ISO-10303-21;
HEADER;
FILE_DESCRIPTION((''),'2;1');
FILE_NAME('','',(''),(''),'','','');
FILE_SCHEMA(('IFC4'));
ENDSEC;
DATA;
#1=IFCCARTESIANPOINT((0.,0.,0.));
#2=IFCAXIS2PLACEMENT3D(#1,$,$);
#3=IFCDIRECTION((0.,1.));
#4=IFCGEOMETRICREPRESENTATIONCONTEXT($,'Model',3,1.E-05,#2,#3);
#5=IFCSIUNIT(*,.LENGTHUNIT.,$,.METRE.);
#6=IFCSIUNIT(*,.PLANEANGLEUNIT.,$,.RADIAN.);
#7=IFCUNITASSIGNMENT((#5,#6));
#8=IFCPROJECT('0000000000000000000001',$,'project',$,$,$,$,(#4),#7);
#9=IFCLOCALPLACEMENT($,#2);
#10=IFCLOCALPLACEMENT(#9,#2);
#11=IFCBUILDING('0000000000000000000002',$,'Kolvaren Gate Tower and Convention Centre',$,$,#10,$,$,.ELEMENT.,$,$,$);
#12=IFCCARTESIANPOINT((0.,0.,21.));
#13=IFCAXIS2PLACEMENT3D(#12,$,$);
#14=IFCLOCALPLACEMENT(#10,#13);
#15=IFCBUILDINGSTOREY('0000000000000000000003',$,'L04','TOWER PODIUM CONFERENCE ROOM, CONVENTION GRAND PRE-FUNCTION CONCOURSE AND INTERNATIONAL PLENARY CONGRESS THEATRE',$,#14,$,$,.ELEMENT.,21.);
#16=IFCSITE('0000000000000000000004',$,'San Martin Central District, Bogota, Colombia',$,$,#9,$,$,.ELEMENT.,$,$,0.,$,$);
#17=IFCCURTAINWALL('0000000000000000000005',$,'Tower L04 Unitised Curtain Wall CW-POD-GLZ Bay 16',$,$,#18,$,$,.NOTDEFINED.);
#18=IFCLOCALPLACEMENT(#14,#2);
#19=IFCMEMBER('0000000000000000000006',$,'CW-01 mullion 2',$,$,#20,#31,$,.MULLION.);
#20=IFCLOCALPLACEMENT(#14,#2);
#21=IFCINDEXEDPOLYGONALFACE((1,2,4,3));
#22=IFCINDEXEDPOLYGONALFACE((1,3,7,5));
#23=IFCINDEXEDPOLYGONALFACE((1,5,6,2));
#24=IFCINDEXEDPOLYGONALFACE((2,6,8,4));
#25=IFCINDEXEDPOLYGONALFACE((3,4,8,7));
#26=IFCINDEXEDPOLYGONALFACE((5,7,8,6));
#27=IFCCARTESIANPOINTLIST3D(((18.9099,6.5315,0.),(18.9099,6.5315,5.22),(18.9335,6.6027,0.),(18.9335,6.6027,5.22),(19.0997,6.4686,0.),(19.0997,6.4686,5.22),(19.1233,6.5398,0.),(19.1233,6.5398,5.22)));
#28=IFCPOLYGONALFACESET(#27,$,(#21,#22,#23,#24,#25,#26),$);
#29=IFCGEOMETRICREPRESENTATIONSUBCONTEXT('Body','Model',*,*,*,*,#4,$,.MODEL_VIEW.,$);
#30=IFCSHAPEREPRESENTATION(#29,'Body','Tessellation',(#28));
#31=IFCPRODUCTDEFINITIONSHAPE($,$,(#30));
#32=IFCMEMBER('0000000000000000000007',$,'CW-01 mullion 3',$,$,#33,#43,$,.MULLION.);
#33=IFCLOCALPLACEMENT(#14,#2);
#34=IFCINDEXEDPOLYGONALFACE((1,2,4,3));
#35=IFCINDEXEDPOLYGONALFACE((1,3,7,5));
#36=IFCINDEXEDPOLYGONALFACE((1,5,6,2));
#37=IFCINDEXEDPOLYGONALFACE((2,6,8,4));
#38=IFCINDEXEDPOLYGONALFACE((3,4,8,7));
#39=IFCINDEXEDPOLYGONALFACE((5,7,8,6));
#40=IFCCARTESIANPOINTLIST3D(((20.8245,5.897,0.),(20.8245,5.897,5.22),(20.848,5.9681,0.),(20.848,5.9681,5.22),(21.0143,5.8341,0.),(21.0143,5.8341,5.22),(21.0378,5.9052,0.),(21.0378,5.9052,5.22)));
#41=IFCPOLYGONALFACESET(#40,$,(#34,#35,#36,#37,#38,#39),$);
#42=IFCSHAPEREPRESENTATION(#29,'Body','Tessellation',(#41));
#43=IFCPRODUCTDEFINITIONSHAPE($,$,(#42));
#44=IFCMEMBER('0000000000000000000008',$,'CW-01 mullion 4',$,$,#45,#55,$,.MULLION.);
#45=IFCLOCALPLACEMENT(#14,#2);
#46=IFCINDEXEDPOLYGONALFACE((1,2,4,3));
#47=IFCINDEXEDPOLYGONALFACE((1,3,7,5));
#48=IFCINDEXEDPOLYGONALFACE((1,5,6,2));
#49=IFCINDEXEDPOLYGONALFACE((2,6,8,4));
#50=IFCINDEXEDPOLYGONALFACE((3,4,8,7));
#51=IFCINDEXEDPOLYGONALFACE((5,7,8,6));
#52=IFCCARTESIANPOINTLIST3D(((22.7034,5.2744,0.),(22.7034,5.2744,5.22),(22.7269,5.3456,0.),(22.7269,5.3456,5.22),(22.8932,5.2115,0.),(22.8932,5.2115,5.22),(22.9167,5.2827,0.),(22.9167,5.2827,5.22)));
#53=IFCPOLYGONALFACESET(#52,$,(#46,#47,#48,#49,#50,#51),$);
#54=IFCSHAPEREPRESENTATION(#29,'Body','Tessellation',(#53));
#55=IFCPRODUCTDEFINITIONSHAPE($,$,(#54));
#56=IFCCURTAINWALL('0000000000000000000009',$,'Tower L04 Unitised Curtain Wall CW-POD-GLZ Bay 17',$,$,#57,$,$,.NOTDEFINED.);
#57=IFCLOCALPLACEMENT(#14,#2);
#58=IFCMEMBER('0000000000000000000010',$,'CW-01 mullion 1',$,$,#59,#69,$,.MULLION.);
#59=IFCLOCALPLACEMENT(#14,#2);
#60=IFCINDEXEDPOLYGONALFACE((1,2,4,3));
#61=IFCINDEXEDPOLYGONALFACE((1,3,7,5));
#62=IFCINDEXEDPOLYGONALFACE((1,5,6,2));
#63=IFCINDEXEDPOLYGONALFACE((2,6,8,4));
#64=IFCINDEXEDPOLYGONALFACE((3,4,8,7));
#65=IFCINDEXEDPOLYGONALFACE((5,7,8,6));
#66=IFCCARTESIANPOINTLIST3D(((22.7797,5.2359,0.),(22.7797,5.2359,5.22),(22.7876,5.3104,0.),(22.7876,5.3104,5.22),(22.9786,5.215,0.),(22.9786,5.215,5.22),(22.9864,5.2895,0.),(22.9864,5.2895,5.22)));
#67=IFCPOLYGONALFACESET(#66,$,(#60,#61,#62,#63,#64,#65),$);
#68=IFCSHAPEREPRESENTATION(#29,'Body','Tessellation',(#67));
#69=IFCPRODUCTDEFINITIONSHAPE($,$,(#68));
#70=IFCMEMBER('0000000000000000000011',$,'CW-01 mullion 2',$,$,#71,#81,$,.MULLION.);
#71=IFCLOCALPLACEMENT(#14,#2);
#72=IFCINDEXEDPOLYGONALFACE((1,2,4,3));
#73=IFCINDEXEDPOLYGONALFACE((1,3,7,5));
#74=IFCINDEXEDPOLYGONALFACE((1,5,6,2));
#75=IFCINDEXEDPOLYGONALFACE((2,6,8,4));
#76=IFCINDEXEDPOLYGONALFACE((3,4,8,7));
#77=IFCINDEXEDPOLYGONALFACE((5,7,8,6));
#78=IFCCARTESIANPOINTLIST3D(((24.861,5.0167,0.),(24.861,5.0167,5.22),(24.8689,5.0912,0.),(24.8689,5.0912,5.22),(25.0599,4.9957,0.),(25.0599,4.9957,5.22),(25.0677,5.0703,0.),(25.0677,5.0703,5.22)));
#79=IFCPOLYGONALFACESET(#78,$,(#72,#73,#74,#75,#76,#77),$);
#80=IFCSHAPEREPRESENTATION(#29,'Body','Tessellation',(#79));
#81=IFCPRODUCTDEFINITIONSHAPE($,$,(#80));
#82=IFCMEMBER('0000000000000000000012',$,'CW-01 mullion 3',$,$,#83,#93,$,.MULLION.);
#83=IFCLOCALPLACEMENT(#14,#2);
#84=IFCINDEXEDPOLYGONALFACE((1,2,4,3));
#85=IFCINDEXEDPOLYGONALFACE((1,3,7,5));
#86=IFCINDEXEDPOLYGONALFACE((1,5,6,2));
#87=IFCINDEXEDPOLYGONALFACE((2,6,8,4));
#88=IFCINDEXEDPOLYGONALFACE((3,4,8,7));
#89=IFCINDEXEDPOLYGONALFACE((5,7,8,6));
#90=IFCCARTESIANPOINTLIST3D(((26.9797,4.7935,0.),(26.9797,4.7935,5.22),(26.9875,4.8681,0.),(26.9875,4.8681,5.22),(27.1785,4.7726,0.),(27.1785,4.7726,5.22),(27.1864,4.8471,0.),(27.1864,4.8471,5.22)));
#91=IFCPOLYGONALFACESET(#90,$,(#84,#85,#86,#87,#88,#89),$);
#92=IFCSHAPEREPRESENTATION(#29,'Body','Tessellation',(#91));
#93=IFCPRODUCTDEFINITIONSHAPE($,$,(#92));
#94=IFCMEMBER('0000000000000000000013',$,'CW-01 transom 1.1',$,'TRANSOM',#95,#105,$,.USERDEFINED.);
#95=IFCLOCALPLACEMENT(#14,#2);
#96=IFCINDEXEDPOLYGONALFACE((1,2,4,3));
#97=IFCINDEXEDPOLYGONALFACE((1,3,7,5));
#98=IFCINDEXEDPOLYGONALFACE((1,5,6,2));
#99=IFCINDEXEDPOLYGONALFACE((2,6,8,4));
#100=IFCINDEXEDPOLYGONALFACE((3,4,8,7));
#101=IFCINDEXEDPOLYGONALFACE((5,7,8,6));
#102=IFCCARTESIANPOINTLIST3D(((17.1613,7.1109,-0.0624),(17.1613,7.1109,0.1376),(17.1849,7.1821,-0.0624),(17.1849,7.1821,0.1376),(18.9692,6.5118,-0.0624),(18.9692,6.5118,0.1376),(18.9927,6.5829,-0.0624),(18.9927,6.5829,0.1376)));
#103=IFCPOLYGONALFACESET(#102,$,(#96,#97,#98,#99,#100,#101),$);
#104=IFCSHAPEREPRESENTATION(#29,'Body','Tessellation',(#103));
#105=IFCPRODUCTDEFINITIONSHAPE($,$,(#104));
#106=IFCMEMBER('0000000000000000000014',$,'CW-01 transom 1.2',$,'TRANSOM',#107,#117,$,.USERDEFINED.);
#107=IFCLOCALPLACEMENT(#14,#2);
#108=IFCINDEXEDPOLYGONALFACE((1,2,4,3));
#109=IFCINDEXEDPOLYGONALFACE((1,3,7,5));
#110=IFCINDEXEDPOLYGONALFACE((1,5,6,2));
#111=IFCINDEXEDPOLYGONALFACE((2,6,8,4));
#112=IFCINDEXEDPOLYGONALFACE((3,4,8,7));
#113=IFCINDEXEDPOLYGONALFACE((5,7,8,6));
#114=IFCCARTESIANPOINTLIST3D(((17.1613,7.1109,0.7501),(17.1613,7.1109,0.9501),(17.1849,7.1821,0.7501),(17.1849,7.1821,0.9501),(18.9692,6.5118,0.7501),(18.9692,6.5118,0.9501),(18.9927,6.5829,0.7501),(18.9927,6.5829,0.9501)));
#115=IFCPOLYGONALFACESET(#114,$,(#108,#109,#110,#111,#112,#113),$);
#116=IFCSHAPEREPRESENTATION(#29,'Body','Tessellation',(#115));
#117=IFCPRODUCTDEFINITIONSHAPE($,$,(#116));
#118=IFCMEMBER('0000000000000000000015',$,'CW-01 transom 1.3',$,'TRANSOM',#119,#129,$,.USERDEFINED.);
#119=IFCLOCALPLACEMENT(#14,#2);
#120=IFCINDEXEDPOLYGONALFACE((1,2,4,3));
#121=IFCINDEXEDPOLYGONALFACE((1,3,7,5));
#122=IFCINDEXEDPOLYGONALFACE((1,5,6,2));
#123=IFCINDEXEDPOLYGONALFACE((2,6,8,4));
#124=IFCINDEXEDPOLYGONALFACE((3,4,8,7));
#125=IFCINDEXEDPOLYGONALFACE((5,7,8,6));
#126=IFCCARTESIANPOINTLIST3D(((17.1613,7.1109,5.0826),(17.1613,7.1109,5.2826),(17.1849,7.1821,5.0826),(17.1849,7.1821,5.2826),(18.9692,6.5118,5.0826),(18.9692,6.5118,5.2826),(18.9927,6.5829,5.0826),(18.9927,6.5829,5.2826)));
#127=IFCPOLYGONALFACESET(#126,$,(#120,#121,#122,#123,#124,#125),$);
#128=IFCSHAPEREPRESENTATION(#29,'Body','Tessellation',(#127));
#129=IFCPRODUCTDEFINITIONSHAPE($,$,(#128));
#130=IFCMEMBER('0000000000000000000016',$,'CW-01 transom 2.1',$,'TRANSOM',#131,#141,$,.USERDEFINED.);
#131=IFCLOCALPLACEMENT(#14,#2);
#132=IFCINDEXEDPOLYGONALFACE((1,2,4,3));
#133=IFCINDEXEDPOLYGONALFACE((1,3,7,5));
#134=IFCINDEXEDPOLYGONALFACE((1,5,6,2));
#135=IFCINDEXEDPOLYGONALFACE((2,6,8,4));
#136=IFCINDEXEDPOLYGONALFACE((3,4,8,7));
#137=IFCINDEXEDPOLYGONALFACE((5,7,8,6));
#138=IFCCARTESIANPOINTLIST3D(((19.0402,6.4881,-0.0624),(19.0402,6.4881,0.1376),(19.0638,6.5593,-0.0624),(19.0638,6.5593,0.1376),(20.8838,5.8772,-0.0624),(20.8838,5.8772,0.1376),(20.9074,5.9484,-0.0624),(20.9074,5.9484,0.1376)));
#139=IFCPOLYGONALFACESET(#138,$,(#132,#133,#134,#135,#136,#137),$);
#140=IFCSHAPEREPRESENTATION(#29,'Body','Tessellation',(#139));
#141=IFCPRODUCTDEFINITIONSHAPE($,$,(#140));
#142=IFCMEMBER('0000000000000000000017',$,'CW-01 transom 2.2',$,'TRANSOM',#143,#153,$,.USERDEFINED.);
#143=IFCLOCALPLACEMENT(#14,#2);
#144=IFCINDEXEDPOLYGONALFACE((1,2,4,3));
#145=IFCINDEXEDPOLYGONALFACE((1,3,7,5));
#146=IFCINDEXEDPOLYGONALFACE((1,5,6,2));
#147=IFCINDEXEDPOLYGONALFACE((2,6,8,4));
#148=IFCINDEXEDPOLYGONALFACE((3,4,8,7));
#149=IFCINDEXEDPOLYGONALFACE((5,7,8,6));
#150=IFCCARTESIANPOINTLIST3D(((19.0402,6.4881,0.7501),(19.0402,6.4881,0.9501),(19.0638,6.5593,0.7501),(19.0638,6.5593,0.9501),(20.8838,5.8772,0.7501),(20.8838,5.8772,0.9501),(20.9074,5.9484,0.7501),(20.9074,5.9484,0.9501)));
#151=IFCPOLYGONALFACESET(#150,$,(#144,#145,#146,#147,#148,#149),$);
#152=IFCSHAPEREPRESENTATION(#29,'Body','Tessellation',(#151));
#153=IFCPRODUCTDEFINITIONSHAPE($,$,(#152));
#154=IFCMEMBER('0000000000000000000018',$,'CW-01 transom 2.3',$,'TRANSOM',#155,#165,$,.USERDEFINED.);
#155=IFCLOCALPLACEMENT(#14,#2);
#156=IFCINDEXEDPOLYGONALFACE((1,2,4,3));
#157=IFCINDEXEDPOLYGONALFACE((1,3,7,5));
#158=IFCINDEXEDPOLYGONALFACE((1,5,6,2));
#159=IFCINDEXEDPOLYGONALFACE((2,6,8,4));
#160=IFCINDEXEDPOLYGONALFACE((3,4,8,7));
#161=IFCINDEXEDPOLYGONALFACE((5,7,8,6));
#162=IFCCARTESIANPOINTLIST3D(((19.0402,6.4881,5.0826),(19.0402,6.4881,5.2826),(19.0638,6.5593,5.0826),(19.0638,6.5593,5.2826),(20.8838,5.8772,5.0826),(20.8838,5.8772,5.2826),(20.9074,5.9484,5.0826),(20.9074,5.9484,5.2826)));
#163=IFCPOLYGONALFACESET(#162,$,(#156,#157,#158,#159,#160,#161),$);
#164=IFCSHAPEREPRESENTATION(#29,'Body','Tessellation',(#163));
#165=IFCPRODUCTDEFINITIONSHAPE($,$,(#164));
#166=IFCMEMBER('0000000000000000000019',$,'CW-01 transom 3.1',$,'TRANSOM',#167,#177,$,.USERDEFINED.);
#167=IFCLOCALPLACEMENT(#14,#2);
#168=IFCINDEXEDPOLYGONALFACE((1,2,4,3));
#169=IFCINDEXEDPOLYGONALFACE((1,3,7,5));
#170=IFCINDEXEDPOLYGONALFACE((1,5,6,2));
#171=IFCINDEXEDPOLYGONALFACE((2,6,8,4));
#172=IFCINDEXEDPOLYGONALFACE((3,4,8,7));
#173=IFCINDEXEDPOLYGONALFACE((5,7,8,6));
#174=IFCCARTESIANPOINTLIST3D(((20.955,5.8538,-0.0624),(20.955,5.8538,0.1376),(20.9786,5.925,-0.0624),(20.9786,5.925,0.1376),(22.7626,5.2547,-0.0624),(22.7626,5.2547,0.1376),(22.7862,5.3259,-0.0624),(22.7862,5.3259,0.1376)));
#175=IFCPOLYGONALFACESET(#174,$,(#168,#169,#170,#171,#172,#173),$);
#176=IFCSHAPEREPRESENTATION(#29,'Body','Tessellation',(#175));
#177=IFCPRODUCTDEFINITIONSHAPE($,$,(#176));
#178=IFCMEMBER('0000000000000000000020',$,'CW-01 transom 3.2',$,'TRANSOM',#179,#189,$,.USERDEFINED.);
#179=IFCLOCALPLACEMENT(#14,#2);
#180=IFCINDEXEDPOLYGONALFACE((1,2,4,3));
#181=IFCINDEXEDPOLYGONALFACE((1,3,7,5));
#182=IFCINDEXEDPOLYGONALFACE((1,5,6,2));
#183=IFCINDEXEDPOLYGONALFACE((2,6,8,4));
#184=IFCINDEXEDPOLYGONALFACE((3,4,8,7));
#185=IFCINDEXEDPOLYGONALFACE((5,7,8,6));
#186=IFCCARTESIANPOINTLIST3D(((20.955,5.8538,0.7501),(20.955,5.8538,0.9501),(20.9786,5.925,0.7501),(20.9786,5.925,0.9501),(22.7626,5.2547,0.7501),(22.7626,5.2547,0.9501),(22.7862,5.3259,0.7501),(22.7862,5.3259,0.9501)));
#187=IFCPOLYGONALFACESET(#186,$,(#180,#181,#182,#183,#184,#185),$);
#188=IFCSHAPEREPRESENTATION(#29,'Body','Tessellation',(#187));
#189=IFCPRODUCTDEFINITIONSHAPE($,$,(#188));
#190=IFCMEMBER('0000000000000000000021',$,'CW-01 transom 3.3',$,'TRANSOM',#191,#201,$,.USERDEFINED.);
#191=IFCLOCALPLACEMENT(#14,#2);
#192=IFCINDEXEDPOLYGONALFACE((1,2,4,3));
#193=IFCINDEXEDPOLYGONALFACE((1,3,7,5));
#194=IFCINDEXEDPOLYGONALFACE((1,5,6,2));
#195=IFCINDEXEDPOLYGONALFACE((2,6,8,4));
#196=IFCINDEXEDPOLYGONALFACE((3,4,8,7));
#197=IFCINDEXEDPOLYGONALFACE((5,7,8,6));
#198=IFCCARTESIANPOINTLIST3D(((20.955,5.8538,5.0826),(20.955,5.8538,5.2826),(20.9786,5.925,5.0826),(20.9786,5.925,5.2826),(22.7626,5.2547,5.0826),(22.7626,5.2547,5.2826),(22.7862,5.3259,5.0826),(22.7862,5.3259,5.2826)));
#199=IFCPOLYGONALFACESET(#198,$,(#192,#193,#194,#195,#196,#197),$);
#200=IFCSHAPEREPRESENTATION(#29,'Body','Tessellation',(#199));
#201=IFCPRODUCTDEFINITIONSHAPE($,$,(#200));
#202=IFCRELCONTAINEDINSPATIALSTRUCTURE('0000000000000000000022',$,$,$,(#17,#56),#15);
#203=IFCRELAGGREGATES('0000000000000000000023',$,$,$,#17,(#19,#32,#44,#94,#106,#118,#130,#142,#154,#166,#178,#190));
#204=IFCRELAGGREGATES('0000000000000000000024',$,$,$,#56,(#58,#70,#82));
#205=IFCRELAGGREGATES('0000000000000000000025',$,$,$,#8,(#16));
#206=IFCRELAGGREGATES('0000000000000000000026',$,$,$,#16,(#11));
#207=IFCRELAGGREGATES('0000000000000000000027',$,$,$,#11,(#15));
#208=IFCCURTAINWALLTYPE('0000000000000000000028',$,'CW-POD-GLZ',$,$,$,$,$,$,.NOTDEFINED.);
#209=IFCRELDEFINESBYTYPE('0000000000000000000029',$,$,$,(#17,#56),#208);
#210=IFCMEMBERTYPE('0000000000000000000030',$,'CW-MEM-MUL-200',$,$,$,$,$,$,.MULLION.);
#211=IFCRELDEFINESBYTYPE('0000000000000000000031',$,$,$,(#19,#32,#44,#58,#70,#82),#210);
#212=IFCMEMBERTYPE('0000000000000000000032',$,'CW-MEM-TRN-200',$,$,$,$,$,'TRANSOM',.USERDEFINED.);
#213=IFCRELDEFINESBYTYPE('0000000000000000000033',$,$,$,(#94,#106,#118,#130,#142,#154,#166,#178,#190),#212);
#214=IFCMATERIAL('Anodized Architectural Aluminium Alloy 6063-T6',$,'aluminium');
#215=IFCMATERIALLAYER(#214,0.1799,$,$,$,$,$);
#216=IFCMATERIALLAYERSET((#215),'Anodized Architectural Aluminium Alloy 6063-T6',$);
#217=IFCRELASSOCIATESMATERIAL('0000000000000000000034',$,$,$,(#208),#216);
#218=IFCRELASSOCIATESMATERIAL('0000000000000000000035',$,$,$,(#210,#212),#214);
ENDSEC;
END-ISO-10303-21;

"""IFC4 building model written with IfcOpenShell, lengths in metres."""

from ifc_helpers import new_model, si_unit, direction, frame, origin, origin_2d, place, context, subcontext, project, spatial, rectangle, extrude, material, layer, layer_set, material_profile, profile_set, type_object, element, aggregate, save


model = new_model("IFC4")

# Units and contexts
model_context = context("Model", 3, precision=1e-05, world=origin(), true_north=direction((0.0, 1.0)))
body_context = subcontext(model_context, "Body", "Model", "MODEL_VIEW")
ifc_project = project(units=[si_unit("LENGTHUNIT", "METRE"), si_unit("PLANEANGLEUNIT", "RADIAN")], contexts=[model_context])

# Site, building, storey
site_placement = place(None, origin())
site = spatial("IfcSite", under=ifc_project, at=site_placement, Name="San Martin Central District, Bogota, Colombia", CompositionType="ELEMENT", RefElevation=0.0)
building_placement = place(site_placement, origin())
building = spatial("IfcBuilding", under=site, at=building_placement, Name="Kolvaren Gate Tower and Convention Centre", CompositionType="ELEMENT")
storey_placement = place(building_placement, frame((0.0, 0.0, 21.0)))
storey = spatial("IfcBuildingStorey", under=building, at=storey_placement, Name="L04", Description="TOWER PODIUM CONFERENCE ROOM, CONVENTION GRAND PRE-FUNCTION CONCOURSE AND INTERNATIONAL PLENARY CONGRESS THEATRE", CompositionType="ELEMENT", Elevation=21.0)

# Curtain walls, members
ifc_material_1 = material(Name="Anodized Architectural Aluminium Alloy 6063-T6", Category="aluminium")
ifc_layer_1 = layer(ifc_material_1, 0.1799)
ifc_layer_set_1 = layer_set([ifc_layer_1], Name="Anodized Architectural Aluminium Alloy 6063-T6")
curtain_wall_type = type_object("IfcCurtainWallType", Name="CW-POD-GLZ", PredefinedType="NOTDEFINED", material=ifc_layer_set_1)
curtain_wall_1_placement = place(storey_placement, origin())
curtain_wall_1 = element("IfcCurtainWall", 1, at=curtain_wall_1_placement, inside=storey, type_object=curtain_wall_type, Name="Tower L04 Unitised Curtain Wall CW-POD-GLZ Bay 16", PredefinedType="NOTDEFINED")
ifc_material_profile_1 = material_profile(ifc_material_1, rectangle(XDim=0.075, YDim=0.2, at=origin_2d()), Name="CW-MEM-MUL-200")
ifc_profile_set_1 = profile_set([ifc_material_profile_1], Name="Anodized Architectural Aluminium Alloy 6063-T6")
member_type_1 = type_object("IfcMemberType", Name="CW-MEM-MUL-200", PredefinedType="MULLION", material=ifc_profile_set_1)
member_1_placement = place(storey_placement, frame((19.0166, 6.5356, 0.0), z_axis=(0.0, 0.0, 1.0), x_axis=(0.314547, 0.949242, 0.0)))
member_1 = element("IfcMember", 2, at=member_1_placement, type_object=member_type_1, Name="CW-01 mullion 2", PredefinedType="MULLION", context=body_context, shape_type="SweptSolid", body=[
    extrude(rectangle(XDim=0.075, YDim=0.2, at=origin_2d()), origin(), (0.0, 0.0, 1.0), 5.22),
])
member_2_placement = place(storey_placement, frame((20.9312, 5.9011, 0.0), z_axis=(0.0, 0.0, 1.0), x_axis=(0.314547, 0.949242, 0.0)))
member_2 = element("IfcMember", 3, at=member_2_placement, type_object=member_type_1, Name="CW-01 mullion 3", PredefinedType="MULLION", context=body_context, shape_type="SweptSolid", body=[
    extrude(rectangle(XDim=0.075, YDim=0.2, at=origin_2d()), origin(), (0.0, 0.0, 1.0), 5.22),
])
member_3_placement = place(storey_placement, frame((22.8101, 5.2786, 0.0), z_axis=(0.0, 0.0, 1.0), x_axis=(0.314547, 0.949242, 0.0)))
member_3 = element("IfcMember", 4, at=member_3_placement, type_object=member_type_1, Name="CW-01 mullion 4", PredefinedType="MULLION", context=body_context, shape_type="SweptSolid", body=[
    extrude(rectangle(XDim=0.075, YDim=0.2, at=origin_2d()), origin(), (0.0, 0.0, 1.0), 5.22),
])
curtain_wall_2_placement = place(storey_placement, origin())
curtain_wall_2 = element("IfcCurtainWall", 5, at=curtain_wall_2_placement, inside=storey, type_object=curtain_wall_type, Name="Tower L04 Unitised Curtain Wall CW-POD-GLZ Bay 17", PredefinedType="NOTDEFINED")
member_4_placement = place(storey_placement, frame((22.8831, 5.2627, 0.0), z_axis=(0.0, 0.0, 1.0), x_axis=(0.104742, 0.994499, 0.0)))
member_4 = element("IfcMember", 6, at=member_4_placement, type_object=member_type_1, Name="CW-01 mullion 1", PredefinedType="MULLION", context=body_context, shape_type="SweptSolid", body=[
    extrude(rectangle(XDim=0.075, YDim=0.2, at=origin_2d()), origin(), (0.0, 0.0, 1.0), 5.22),
])
member_5_placement = place(storey_placement, frame((24.9644, 5.0435, 0.0), z_axis=(0.0, 0.0, 1.0), x_axis=(0.104742, 0.994499, 0.0)))
member_5 = element("IfcMember", 7, at=member_5_placement, type_object=member_type_1, Name="CW-01 mullion 2", PredefinedType="MULLION", context=body_context, shape_type="SweptSolid", body=[
    extrude(rectangle(XDim=0.075, YDim=0.2, at=origin_2d()), origin(), (0.0, 0.0, 1.0), 5.22),
])
member_6_placement = place(storey_placement, frame((27.083, 4.8203, 0.0), z_axis=(0.0, 0.0, 1.0), x_axis=(0.104742, 0.994499, 0.0)))
member_6 = element("IfcMember", 8, at=member_6_placement, type_object=member_type_1, Name="CW-01 mullion 3", PredefinedType="MULLION", context=body_context, shape_type="SweptSolid", body=[
    extrude(rectangle(XDim=0.075, YDim=0.2, at=origin_2d()), origin(), (0.0, 0.0, 1.0), 5.22),
])

# Members
ifc_material_profile_2 = material_profile(ifc_material_1, rectangle(XDim=0.075, YDim=0.2, at=origin_2d()), Name="CW-MEM-TRN-200")
ifc_profile_set_2 = profile_set([ifc_material_profile_2], Name="Anodized Architectural Aluminium Alloy 6063-T6")
member_type_2 = type_object("IfcMemberType", Name="CW-MEM-TRN-200", ElementType="TRANSOM", PredefinedType="USERDEFINED", material=ifc_profile_set_2)
member_7_placement = place(storey_placement, frame((17.1731, 7.1465, 0.0376), z_axis=(0.949233, -0.314574, 0.0), x_axis=(0.314574, 0.949233, 0.0)))
member_7 = element("IfcMember", 9, at=member_7_placement, type_object=member_type_2, Name="CW-01 transom 1.1", ObjectType="TRANSOM", PredefinedType="USERDEFINED", context=body_context, shape_type="SweptSolid", body=[
    extrude(rectangle(XDim=0.075, YDim=0.2, at=origin_2d()), origin(), (0.0, 0.0, 1.0), 1.9045),
])
member_8_placement = place(storey_placement, frame((17.1731, 7.1465, 0.8501), z_axis=(0.949233, -0.314574, 0.0), x_axis=(0.314574, 0.949233, 0.0)))
member_8 = element("IfcMember", 10, at=member_8_placement, type_object=member_type_2, Name="CW-01 transom 1.2", ObjectType="TRANSOM", PredefinedType="USERDEFINED", context=body_context, shape_type="SweptSolid", body=[
    extrude(rectangle(XDim=0.075, YDim=0.2, at=origin_2d()), origin(), (0.0, 0.0, 1.0), 1.9045),
])
member_9_placement = place(storey_placement, frame((17.1731, 7.1465, 5.1826), z_axis=(0.949233, -0.314574, 0.0), x_axis=(0.314574, 0.949233, 0.0)))
member_9 = element("IfcMember", 11, at=member_9_placement, type_object=member_type_2, Name="CW-01 transom 1.3", ObjectType="TRANSOM", PredefinedType="USERDEFINED", context=body_context, shape_type="SweptSolid", body=[
    extrude(rectangle(XDim=0.075, YDim=0.2, at=origin_2d()), origin(), (0.0, 0.0, 1.0), 1.9045),
])
member_10_placement = place(storey_placement, frame((19.052, 6.5237, 0.0376), z_axis=(0.949247, -0.31453, 0.0), x_axis=(0.31453, 0.949247, 0.0)))
member_10 = element("IfcMember", 12, at=member_10_placement, type_object=member_type_2, Name="CW-01 transom 2.1", ObjectType="TRANSOM", PredefinedType="USERDEFINED", context=body_context, shape_type="SweptSolid", body=[
    extrude(rectangle(XDim=0.075, YDim=0.2, at=origin_2d()), origin(), (0.0, 0.0, 1.0), 1.9421),
])
member_11_placement = place(storey_placement, frame((19.052, 6.5237, 0.8501), z_axis=(0.949247, -0.31453, 0.0), x_axis=(0.31453, 0.949247, 0.0)))
member_11 = element("IfcMember", 13, at=member_11_placement, type_object=member_type_2, Name="CW-01 transom 2.2", ObjectType="TRANSOM", PredefinedType="USERDEFINED", context=body_context, shape_type="SweptSolid", body=[
    extrude(rectangle(XDim=0.075, YDim=0.2, at=origin_2d()), origin(), (0.0, 0.0, 1.0), 1.9421),
])
member_12_placement = place(storey_placement, frame((19.052, 6.5237, 5.1826), z_axis=(0.949247, -0.31453, 0.0), x_axis=(0.31453, 0.949247, 0.0)))
member_12 = element("IfcMember", 14, at=member_12_placement, type_object=member_type_2, Name="CW-01 transom 2.3", ObjectType="TRANSOM", PredefinedType="USERDEFINED", context=body_context, shape_type="SweptSolid", body=[
    extrude(rectangle(XDim=0.075, YDim=0.2, at=origin_2d()), origin(), (0.0, 0.0, 1.0), 1.9421),
])
member_13_placement = place(storey_placement, frame((20.9668, 5.8894, 0.0376), z_axis=(0.94922, -0.314612, 0.0), x_axis=(0.314612, 0.94922, 0.0)))
member_13 = element("IfcMember", 15, at=member_13_placement, type_object=member_type_2, Name="CW-01 transom 3.1", ObjectType="TRANSOM", PredefinedType="USERDEFINED", context=body_context, shape_type="SweptSolid", body=[
    extrude(rectangle(XDim=0.075, YDim=0.2, at=origin_2d()), origin(), (0.0, 0.0, 1.0), 1.9043),
])
member_14_placement = place(storey_placement, frame((20.9668, 5.8894, 0.8501), z_axis=(0.94922, -0.314612, 0.0), x_axis=(0.314612, 0.94922, 0.0)))
member_14 = element("IfcMember", 16, at=member_14_placement, type_object=member_type_2, Name="CW-01 transom 3.2", ObjectType="TRANSOM", PredefinedType="USERDEFINED", context=body_context, shape_type="SweptSolid", body=[
    extrude(rectangle(XDim=0.075, YDim=0.2, at=origin_2d()), origin(), (0.0, 0.0, 1.0), 1.9043),
])
member_15_placement = place(storey_placement, frame((20.9668, 5.8894, 5.1826), z_axis=(0.94922, -0.314612, 0.0), x_axis=(0.314612, 0.94922, 0.0)))
member_15 = element("IfcMember", 17, at=member_15_placement, type_object=member_type_2, Name="CW-01 transom 3.3", ObjectType="TRANSOM", PredefinedType="USERDEFINED", context=body_context, shape_type="SweptSolid", body=[
    extrude(rectangle(XDim=0.075, YDim=0.2, at=origin_2d()), origin(), (0.0, 0.0, 1.0), 1.9043),
])

aggregate(curtain_wall_1, [member_1, member_2, member_3, member_7, member_8, member_9, member_10, member_11, member_12, member_13, member_14, member_15])
aggregate(curtain_wall_2, [member_4, member_5, member_6])

save(model, "model.ifc")
